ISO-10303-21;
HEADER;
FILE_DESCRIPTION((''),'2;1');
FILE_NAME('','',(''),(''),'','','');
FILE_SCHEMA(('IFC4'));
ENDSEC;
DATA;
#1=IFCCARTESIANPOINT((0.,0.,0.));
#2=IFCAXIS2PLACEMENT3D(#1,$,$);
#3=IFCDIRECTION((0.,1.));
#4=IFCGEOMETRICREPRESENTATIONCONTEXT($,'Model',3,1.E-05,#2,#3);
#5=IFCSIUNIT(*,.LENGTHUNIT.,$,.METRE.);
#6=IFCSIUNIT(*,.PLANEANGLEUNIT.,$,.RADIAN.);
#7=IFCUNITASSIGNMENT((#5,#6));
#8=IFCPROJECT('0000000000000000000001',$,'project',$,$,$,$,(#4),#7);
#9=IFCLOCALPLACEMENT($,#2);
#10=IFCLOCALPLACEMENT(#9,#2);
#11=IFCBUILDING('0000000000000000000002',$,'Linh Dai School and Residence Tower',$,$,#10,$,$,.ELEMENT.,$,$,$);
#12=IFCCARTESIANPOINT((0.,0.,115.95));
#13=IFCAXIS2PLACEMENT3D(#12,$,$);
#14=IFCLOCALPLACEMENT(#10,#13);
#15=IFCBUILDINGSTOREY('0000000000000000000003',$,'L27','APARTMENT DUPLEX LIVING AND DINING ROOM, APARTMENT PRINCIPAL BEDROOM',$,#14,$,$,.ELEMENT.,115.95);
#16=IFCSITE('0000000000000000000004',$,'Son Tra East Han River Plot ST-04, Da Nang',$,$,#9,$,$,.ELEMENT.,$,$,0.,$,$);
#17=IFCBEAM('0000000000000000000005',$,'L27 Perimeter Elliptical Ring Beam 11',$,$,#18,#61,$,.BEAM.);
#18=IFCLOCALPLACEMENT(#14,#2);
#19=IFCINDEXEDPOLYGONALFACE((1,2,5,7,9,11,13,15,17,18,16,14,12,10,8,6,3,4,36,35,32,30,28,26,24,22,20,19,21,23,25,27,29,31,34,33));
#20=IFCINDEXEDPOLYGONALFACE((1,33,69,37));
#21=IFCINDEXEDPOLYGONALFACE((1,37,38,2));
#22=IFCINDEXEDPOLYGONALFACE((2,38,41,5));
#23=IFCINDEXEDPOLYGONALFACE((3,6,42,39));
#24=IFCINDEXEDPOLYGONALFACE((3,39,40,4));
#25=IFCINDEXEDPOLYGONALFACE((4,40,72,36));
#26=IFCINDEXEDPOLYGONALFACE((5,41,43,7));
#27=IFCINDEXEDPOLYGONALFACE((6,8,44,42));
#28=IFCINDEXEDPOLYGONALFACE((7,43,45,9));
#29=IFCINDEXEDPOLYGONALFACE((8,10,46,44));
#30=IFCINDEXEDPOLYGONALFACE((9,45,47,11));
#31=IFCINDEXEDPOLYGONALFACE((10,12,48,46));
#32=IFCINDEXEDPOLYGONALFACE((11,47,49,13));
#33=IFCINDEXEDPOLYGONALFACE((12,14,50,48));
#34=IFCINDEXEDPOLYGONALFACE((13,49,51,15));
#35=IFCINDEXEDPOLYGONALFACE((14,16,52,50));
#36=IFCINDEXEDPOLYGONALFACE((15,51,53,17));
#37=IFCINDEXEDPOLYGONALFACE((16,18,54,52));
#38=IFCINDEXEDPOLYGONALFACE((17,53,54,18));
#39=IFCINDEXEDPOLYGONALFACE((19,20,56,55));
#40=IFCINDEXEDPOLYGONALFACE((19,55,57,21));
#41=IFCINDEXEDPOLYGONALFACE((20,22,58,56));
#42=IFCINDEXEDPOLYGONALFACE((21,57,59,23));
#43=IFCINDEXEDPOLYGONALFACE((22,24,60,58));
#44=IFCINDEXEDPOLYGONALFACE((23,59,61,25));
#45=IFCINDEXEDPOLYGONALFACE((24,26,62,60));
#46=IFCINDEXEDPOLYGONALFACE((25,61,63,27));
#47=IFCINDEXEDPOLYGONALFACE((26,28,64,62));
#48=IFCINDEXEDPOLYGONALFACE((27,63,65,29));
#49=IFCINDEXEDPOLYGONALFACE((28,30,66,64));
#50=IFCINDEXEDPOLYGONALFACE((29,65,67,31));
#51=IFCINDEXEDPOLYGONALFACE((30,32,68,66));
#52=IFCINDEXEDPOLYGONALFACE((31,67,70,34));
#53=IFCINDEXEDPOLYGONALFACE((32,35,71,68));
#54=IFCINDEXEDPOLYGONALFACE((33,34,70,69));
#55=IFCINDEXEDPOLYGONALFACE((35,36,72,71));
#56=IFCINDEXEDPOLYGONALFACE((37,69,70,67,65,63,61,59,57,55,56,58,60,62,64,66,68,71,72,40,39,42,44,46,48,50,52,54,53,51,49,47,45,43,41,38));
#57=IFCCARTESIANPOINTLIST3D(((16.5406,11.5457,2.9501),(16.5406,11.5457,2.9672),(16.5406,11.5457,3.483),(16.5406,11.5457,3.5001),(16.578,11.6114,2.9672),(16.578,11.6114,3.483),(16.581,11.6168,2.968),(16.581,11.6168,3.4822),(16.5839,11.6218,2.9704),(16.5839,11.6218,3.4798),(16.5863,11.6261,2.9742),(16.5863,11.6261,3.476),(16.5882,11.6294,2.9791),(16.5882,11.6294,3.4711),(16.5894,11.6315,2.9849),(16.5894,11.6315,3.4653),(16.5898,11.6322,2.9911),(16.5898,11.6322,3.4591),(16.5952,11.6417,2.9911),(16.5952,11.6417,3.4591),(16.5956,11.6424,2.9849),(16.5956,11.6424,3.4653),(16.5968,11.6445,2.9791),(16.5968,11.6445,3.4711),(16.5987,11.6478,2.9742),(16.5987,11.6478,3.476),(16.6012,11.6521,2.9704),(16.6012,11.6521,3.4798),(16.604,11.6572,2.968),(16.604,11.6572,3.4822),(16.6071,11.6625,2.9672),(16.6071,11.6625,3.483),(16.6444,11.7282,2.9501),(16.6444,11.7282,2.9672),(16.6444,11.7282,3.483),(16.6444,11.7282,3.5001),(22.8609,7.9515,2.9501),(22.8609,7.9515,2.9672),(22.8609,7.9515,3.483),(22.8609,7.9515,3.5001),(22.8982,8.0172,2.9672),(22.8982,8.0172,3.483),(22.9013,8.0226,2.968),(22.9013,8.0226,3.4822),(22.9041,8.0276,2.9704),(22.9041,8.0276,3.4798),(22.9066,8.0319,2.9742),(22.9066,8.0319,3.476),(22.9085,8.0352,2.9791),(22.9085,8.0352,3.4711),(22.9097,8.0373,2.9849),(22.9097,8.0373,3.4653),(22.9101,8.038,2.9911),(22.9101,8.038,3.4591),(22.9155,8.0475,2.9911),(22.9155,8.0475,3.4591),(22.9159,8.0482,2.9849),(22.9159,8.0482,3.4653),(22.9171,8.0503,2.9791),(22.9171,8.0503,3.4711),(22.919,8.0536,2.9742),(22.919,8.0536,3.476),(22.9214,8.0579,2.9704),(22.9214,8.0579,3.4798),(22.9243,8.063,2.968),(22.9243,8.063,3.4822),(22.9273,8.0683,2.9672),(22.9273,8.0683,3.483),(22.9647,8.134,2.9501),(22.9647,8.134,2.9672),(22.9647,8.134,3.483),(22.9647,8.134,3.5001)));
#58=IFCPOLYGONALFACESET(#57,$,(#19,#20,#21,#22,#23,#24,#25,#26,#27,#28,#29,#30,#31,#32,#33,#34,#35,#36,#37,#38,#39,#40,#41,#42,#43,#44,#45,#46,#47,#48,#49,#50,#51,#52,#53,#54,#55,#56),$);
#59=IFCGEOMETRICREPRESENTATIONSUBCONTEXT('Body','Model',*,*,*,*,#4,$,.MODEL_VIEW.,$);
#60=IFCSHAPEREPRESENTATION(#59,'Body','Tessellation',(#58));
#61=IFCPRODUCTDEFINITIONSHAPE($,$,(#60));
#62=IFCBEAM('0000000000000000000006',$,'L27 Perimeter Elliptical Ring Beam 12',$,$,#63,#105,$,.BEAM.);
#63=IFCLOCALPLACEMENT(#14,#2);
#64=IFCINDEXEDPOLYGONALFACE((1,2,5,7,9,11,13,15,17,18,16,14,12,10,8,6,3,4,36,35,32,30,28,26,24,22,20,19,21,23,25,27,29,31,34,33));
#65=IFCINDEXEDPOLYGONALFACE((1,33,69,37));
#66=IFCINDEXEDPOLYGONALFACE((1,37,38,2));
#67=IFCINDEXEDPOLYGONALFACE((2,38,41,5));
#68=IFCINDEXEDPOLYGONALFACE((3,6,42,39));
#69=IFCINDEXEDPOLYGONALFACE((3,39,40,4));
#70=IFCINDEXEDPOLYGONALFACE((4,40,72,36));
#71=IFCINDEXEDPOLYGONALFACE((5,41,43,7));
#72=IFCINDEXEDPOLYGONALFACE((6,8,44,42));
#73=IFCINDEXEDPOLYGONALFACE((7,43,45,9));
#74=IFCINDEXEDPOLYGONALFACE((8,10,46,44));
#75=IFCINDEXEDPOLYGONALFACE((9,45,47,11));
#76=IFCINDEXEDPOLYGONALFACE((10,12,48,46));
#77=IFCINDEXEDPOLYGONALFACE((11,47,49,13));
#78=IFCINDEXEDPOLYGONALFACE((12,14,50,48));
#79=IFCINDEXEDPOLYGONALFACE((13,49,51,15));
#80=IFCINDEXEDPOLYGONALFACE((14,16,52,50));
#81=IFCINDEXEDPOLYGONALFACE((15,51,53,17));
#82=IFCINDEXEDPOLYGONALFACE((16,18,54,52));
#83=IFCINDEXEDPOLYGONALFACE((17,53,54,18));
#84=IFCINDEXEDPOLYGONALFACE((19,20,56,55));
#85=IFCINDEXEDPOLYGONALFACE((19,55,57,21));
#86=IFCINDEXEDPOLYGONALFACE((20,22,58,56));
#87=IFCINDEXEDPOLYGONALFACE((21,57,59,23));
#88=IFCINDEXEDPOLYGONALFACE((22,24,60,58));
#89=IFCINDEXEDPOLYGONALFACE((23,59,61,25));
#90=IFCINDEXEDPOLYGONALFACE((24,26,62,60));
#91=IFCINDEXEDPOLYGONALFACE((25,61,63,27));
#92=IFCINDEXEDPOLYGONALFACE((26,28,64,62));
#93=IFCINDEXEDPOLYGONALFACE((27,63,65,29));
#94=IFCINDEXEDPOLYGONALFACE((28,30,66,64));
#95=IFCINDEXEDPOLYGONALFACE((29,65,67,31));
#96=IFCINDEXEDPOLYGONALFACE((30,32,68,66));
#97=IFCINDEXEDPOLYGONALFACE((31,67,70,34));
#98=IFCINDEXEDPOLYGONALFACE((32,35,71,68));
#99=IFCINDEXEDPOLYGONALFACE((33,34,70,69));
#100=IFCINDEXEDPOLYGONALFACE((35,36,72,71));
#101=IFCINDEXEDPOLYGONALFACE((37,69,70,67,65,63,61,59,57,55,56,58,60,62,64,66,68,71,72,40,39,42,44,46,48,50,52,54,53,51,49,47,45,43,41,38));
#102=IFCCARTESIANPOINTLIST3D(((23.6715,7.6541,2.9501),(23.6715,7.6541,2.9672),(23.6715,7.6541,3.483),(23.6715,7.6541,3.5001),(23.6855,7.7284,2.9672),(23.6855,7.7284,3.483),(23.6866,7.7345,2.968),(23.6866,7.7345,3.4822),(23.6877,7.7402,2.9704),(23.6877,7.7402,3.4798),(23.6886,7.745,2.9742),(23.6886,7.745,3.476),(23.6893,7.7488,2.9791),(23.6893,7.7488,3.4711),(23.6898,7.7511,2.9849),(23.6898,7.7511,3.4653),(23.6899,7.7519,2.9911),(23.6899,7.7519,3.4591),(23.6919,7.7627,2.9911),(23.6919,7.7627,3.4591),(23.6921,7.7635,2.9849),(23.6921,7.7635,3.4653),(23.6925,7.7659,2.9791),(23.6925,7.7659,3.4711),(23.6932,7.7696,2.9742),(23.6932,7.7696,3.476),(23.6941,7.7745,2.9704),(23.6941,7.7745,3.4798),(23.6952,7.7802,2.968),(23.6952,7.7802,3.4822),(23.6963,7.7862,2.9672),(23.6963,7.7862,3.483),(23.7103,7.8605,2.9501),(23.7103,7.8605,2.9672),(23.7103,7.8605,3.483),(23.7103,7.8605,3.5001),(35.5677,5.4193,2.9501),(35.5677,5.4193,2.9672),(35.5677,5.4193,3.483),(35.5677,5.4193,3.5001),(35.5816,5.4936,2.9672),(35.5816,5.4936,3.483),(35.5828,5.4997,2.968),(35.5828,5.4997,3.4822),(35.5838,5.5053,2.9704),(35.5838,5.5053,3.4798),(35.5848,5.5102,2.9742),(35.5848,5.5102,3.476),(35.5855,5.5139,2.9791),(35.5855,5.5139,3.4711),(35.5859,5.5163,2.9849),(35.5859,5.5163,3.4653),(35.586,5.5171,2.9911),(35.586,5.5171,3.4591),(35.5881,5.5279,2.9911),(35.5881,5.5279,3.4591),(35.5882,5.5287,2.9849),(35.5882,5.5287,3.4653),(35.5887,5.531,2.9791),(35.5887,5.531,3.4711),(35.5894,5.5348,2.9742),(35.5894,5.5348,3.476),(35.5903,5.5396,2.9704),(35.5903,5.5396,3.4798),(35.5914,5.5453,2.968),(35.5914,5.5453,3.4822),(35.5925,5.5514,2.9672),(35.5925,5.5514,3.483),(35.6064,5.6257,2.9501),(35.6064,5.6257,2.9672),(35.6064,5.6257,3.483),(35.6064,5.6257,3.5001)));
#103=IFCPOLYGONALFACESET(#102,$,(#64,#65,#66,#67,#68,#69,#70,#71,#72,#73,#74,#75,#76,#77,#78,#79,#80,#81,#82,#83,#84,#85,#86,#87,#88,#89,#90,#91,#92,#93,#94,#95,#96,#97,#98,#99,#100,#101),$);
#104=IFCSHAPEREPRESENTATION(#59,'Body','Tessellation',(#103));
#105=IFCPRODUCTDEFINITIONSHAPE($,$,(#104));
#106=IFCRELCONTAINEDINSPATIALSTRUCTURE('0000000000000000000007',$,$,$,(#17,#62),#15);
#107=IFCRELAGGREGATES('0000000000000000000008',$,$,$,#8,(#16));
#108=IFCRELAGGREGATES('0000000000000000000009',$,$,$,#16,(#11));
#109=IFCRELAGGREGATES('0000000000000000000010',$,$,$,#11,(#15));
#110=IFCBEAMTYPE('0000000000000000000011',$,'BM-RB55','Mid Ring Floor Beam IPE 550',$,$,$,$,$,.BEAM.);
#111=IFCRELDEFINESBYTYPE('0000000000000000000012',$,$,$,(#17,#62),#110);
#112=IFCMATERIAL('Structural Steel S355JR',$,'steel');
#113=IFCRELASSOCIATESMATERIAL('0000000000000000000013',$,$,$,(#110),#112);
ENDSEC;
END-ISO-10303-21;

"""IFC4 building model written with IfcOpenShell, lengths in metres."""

from ifc_helpers import new_model, si_unit, direction, frame, origin, origin_2d, place, context, subcontext, project, spatial, i_section, extrude, material, material_profile, profile_set, type_object, element, save


model = new_model("IFC4")

# Units and contexts
model_context = context("Model", 3, precision=1e-05, world=origin(), true_north=direction((0.0, 1.0)))
body_context = subcontext(model_context, "Body", "Model", "MODEL_VIEW")
ifc_project = project(units=[si_unit("LENGTHUNIT", "METRE"), si_unit("PLANEANGLEUNIT", "RADIAN")], contexts=[model_context])

# Site, building, storey
site_placement = place(None, origin())
site = spatial("IfcSite", under=ifc_project, at=site_placement, Name="Son Tra East Han River Plot ST-04, Da Nang", CompositionType="ELEMENT", RefElevation=0.0)
building_placement = place(site_placement, origin())
building = spatial("IfcBuilding", under=site, at=building_placement, Name="Linh Dai School and Residence Tower", CompositionType="ELEMENT")
storey_placement = place(building_placement, frame((0.0, 0.0, 115.95)))
storey = spatial("IfcBuildingStorey", under=building, at=storey_placement, Name="L27", Description="APARTMENT DUPLEX LIVING AND DINING ROOM, APARTMENT PRINCIPAL BEDROOM", CompositionType="ELEMENT", Elevation=115.95)

# Shared definitions
ifc_material_1 = material(Name="Structural Steel S355JR", Category="steel")

# Beams
ifc_material_profile_1 = material_profile(ifc_material_1, i_section(OverallWidth=0.21, OverallDepth=0.55, WebThickness=0.011, FlangeThickness=0.0171, FilletRadius=0.0239, at=origin_2d()), Name="IPE 550")
ifc_profile_set_1 = profile_set([ifc_material_profile_1], Name="Structural Steel S355JR")
beam_type = type_object("IfcBeamType", Name="BM-RB55", Description="Mid Ring Floor Beam IPE 550", PredefinedType="BEAM", material=ifc_profile_set_1)
beam_1_placement = place(storey_placement, frame((16.5925, 11.637, 3.2251), z_axis=(0.86927, -0.494337, 0.0), x_axis=(0.494337, 0.86927, 0.0)))
element("IfcBeam", 1, at=beam_1_placement, inside=storey, type_object=beam_type, Name="L27 Perimeter Elliptical Ring Beam 11", PredefinedType="BEAM", context=body_context, shape_type="SweptSolid", body=[
    extrude(i_section(OverallWidth=0.21, OverallDepth=0.55, WebThickness=0.011, FlangeThickness=0.0171, FilletRadius=0.0239, at=origin_2d()), origin(), (0.0, 0.0, 1.0), 7.2708),
])
beam_2_placement = place(storey_placement, frame((23.6909, 7.7573, 3.2251), z_axis=(0.982808, -0.184633, 0.0), x_axis=(0.184633, 0.982808, 0.0)))
element("IfcBeam", 2, at=beam_2_placement, inside=storey, type_object=beam_type, Name="L27 Perimeter Elliptical Ring Beam 12", PredefinedType="BEAM", context=body_context, shape_type="SweptSolid", body=[
    extrude(i_section(OverallWidth=0.21, OverallDepth=0.55, WebThickness=0.011, FlangeThickness=0.0171, FilletRadius=0.0239, at=origin_2d()), origin(), (0.0, 0.0, 1.0), 12.1042),
])

save(model, "model.ifc")
